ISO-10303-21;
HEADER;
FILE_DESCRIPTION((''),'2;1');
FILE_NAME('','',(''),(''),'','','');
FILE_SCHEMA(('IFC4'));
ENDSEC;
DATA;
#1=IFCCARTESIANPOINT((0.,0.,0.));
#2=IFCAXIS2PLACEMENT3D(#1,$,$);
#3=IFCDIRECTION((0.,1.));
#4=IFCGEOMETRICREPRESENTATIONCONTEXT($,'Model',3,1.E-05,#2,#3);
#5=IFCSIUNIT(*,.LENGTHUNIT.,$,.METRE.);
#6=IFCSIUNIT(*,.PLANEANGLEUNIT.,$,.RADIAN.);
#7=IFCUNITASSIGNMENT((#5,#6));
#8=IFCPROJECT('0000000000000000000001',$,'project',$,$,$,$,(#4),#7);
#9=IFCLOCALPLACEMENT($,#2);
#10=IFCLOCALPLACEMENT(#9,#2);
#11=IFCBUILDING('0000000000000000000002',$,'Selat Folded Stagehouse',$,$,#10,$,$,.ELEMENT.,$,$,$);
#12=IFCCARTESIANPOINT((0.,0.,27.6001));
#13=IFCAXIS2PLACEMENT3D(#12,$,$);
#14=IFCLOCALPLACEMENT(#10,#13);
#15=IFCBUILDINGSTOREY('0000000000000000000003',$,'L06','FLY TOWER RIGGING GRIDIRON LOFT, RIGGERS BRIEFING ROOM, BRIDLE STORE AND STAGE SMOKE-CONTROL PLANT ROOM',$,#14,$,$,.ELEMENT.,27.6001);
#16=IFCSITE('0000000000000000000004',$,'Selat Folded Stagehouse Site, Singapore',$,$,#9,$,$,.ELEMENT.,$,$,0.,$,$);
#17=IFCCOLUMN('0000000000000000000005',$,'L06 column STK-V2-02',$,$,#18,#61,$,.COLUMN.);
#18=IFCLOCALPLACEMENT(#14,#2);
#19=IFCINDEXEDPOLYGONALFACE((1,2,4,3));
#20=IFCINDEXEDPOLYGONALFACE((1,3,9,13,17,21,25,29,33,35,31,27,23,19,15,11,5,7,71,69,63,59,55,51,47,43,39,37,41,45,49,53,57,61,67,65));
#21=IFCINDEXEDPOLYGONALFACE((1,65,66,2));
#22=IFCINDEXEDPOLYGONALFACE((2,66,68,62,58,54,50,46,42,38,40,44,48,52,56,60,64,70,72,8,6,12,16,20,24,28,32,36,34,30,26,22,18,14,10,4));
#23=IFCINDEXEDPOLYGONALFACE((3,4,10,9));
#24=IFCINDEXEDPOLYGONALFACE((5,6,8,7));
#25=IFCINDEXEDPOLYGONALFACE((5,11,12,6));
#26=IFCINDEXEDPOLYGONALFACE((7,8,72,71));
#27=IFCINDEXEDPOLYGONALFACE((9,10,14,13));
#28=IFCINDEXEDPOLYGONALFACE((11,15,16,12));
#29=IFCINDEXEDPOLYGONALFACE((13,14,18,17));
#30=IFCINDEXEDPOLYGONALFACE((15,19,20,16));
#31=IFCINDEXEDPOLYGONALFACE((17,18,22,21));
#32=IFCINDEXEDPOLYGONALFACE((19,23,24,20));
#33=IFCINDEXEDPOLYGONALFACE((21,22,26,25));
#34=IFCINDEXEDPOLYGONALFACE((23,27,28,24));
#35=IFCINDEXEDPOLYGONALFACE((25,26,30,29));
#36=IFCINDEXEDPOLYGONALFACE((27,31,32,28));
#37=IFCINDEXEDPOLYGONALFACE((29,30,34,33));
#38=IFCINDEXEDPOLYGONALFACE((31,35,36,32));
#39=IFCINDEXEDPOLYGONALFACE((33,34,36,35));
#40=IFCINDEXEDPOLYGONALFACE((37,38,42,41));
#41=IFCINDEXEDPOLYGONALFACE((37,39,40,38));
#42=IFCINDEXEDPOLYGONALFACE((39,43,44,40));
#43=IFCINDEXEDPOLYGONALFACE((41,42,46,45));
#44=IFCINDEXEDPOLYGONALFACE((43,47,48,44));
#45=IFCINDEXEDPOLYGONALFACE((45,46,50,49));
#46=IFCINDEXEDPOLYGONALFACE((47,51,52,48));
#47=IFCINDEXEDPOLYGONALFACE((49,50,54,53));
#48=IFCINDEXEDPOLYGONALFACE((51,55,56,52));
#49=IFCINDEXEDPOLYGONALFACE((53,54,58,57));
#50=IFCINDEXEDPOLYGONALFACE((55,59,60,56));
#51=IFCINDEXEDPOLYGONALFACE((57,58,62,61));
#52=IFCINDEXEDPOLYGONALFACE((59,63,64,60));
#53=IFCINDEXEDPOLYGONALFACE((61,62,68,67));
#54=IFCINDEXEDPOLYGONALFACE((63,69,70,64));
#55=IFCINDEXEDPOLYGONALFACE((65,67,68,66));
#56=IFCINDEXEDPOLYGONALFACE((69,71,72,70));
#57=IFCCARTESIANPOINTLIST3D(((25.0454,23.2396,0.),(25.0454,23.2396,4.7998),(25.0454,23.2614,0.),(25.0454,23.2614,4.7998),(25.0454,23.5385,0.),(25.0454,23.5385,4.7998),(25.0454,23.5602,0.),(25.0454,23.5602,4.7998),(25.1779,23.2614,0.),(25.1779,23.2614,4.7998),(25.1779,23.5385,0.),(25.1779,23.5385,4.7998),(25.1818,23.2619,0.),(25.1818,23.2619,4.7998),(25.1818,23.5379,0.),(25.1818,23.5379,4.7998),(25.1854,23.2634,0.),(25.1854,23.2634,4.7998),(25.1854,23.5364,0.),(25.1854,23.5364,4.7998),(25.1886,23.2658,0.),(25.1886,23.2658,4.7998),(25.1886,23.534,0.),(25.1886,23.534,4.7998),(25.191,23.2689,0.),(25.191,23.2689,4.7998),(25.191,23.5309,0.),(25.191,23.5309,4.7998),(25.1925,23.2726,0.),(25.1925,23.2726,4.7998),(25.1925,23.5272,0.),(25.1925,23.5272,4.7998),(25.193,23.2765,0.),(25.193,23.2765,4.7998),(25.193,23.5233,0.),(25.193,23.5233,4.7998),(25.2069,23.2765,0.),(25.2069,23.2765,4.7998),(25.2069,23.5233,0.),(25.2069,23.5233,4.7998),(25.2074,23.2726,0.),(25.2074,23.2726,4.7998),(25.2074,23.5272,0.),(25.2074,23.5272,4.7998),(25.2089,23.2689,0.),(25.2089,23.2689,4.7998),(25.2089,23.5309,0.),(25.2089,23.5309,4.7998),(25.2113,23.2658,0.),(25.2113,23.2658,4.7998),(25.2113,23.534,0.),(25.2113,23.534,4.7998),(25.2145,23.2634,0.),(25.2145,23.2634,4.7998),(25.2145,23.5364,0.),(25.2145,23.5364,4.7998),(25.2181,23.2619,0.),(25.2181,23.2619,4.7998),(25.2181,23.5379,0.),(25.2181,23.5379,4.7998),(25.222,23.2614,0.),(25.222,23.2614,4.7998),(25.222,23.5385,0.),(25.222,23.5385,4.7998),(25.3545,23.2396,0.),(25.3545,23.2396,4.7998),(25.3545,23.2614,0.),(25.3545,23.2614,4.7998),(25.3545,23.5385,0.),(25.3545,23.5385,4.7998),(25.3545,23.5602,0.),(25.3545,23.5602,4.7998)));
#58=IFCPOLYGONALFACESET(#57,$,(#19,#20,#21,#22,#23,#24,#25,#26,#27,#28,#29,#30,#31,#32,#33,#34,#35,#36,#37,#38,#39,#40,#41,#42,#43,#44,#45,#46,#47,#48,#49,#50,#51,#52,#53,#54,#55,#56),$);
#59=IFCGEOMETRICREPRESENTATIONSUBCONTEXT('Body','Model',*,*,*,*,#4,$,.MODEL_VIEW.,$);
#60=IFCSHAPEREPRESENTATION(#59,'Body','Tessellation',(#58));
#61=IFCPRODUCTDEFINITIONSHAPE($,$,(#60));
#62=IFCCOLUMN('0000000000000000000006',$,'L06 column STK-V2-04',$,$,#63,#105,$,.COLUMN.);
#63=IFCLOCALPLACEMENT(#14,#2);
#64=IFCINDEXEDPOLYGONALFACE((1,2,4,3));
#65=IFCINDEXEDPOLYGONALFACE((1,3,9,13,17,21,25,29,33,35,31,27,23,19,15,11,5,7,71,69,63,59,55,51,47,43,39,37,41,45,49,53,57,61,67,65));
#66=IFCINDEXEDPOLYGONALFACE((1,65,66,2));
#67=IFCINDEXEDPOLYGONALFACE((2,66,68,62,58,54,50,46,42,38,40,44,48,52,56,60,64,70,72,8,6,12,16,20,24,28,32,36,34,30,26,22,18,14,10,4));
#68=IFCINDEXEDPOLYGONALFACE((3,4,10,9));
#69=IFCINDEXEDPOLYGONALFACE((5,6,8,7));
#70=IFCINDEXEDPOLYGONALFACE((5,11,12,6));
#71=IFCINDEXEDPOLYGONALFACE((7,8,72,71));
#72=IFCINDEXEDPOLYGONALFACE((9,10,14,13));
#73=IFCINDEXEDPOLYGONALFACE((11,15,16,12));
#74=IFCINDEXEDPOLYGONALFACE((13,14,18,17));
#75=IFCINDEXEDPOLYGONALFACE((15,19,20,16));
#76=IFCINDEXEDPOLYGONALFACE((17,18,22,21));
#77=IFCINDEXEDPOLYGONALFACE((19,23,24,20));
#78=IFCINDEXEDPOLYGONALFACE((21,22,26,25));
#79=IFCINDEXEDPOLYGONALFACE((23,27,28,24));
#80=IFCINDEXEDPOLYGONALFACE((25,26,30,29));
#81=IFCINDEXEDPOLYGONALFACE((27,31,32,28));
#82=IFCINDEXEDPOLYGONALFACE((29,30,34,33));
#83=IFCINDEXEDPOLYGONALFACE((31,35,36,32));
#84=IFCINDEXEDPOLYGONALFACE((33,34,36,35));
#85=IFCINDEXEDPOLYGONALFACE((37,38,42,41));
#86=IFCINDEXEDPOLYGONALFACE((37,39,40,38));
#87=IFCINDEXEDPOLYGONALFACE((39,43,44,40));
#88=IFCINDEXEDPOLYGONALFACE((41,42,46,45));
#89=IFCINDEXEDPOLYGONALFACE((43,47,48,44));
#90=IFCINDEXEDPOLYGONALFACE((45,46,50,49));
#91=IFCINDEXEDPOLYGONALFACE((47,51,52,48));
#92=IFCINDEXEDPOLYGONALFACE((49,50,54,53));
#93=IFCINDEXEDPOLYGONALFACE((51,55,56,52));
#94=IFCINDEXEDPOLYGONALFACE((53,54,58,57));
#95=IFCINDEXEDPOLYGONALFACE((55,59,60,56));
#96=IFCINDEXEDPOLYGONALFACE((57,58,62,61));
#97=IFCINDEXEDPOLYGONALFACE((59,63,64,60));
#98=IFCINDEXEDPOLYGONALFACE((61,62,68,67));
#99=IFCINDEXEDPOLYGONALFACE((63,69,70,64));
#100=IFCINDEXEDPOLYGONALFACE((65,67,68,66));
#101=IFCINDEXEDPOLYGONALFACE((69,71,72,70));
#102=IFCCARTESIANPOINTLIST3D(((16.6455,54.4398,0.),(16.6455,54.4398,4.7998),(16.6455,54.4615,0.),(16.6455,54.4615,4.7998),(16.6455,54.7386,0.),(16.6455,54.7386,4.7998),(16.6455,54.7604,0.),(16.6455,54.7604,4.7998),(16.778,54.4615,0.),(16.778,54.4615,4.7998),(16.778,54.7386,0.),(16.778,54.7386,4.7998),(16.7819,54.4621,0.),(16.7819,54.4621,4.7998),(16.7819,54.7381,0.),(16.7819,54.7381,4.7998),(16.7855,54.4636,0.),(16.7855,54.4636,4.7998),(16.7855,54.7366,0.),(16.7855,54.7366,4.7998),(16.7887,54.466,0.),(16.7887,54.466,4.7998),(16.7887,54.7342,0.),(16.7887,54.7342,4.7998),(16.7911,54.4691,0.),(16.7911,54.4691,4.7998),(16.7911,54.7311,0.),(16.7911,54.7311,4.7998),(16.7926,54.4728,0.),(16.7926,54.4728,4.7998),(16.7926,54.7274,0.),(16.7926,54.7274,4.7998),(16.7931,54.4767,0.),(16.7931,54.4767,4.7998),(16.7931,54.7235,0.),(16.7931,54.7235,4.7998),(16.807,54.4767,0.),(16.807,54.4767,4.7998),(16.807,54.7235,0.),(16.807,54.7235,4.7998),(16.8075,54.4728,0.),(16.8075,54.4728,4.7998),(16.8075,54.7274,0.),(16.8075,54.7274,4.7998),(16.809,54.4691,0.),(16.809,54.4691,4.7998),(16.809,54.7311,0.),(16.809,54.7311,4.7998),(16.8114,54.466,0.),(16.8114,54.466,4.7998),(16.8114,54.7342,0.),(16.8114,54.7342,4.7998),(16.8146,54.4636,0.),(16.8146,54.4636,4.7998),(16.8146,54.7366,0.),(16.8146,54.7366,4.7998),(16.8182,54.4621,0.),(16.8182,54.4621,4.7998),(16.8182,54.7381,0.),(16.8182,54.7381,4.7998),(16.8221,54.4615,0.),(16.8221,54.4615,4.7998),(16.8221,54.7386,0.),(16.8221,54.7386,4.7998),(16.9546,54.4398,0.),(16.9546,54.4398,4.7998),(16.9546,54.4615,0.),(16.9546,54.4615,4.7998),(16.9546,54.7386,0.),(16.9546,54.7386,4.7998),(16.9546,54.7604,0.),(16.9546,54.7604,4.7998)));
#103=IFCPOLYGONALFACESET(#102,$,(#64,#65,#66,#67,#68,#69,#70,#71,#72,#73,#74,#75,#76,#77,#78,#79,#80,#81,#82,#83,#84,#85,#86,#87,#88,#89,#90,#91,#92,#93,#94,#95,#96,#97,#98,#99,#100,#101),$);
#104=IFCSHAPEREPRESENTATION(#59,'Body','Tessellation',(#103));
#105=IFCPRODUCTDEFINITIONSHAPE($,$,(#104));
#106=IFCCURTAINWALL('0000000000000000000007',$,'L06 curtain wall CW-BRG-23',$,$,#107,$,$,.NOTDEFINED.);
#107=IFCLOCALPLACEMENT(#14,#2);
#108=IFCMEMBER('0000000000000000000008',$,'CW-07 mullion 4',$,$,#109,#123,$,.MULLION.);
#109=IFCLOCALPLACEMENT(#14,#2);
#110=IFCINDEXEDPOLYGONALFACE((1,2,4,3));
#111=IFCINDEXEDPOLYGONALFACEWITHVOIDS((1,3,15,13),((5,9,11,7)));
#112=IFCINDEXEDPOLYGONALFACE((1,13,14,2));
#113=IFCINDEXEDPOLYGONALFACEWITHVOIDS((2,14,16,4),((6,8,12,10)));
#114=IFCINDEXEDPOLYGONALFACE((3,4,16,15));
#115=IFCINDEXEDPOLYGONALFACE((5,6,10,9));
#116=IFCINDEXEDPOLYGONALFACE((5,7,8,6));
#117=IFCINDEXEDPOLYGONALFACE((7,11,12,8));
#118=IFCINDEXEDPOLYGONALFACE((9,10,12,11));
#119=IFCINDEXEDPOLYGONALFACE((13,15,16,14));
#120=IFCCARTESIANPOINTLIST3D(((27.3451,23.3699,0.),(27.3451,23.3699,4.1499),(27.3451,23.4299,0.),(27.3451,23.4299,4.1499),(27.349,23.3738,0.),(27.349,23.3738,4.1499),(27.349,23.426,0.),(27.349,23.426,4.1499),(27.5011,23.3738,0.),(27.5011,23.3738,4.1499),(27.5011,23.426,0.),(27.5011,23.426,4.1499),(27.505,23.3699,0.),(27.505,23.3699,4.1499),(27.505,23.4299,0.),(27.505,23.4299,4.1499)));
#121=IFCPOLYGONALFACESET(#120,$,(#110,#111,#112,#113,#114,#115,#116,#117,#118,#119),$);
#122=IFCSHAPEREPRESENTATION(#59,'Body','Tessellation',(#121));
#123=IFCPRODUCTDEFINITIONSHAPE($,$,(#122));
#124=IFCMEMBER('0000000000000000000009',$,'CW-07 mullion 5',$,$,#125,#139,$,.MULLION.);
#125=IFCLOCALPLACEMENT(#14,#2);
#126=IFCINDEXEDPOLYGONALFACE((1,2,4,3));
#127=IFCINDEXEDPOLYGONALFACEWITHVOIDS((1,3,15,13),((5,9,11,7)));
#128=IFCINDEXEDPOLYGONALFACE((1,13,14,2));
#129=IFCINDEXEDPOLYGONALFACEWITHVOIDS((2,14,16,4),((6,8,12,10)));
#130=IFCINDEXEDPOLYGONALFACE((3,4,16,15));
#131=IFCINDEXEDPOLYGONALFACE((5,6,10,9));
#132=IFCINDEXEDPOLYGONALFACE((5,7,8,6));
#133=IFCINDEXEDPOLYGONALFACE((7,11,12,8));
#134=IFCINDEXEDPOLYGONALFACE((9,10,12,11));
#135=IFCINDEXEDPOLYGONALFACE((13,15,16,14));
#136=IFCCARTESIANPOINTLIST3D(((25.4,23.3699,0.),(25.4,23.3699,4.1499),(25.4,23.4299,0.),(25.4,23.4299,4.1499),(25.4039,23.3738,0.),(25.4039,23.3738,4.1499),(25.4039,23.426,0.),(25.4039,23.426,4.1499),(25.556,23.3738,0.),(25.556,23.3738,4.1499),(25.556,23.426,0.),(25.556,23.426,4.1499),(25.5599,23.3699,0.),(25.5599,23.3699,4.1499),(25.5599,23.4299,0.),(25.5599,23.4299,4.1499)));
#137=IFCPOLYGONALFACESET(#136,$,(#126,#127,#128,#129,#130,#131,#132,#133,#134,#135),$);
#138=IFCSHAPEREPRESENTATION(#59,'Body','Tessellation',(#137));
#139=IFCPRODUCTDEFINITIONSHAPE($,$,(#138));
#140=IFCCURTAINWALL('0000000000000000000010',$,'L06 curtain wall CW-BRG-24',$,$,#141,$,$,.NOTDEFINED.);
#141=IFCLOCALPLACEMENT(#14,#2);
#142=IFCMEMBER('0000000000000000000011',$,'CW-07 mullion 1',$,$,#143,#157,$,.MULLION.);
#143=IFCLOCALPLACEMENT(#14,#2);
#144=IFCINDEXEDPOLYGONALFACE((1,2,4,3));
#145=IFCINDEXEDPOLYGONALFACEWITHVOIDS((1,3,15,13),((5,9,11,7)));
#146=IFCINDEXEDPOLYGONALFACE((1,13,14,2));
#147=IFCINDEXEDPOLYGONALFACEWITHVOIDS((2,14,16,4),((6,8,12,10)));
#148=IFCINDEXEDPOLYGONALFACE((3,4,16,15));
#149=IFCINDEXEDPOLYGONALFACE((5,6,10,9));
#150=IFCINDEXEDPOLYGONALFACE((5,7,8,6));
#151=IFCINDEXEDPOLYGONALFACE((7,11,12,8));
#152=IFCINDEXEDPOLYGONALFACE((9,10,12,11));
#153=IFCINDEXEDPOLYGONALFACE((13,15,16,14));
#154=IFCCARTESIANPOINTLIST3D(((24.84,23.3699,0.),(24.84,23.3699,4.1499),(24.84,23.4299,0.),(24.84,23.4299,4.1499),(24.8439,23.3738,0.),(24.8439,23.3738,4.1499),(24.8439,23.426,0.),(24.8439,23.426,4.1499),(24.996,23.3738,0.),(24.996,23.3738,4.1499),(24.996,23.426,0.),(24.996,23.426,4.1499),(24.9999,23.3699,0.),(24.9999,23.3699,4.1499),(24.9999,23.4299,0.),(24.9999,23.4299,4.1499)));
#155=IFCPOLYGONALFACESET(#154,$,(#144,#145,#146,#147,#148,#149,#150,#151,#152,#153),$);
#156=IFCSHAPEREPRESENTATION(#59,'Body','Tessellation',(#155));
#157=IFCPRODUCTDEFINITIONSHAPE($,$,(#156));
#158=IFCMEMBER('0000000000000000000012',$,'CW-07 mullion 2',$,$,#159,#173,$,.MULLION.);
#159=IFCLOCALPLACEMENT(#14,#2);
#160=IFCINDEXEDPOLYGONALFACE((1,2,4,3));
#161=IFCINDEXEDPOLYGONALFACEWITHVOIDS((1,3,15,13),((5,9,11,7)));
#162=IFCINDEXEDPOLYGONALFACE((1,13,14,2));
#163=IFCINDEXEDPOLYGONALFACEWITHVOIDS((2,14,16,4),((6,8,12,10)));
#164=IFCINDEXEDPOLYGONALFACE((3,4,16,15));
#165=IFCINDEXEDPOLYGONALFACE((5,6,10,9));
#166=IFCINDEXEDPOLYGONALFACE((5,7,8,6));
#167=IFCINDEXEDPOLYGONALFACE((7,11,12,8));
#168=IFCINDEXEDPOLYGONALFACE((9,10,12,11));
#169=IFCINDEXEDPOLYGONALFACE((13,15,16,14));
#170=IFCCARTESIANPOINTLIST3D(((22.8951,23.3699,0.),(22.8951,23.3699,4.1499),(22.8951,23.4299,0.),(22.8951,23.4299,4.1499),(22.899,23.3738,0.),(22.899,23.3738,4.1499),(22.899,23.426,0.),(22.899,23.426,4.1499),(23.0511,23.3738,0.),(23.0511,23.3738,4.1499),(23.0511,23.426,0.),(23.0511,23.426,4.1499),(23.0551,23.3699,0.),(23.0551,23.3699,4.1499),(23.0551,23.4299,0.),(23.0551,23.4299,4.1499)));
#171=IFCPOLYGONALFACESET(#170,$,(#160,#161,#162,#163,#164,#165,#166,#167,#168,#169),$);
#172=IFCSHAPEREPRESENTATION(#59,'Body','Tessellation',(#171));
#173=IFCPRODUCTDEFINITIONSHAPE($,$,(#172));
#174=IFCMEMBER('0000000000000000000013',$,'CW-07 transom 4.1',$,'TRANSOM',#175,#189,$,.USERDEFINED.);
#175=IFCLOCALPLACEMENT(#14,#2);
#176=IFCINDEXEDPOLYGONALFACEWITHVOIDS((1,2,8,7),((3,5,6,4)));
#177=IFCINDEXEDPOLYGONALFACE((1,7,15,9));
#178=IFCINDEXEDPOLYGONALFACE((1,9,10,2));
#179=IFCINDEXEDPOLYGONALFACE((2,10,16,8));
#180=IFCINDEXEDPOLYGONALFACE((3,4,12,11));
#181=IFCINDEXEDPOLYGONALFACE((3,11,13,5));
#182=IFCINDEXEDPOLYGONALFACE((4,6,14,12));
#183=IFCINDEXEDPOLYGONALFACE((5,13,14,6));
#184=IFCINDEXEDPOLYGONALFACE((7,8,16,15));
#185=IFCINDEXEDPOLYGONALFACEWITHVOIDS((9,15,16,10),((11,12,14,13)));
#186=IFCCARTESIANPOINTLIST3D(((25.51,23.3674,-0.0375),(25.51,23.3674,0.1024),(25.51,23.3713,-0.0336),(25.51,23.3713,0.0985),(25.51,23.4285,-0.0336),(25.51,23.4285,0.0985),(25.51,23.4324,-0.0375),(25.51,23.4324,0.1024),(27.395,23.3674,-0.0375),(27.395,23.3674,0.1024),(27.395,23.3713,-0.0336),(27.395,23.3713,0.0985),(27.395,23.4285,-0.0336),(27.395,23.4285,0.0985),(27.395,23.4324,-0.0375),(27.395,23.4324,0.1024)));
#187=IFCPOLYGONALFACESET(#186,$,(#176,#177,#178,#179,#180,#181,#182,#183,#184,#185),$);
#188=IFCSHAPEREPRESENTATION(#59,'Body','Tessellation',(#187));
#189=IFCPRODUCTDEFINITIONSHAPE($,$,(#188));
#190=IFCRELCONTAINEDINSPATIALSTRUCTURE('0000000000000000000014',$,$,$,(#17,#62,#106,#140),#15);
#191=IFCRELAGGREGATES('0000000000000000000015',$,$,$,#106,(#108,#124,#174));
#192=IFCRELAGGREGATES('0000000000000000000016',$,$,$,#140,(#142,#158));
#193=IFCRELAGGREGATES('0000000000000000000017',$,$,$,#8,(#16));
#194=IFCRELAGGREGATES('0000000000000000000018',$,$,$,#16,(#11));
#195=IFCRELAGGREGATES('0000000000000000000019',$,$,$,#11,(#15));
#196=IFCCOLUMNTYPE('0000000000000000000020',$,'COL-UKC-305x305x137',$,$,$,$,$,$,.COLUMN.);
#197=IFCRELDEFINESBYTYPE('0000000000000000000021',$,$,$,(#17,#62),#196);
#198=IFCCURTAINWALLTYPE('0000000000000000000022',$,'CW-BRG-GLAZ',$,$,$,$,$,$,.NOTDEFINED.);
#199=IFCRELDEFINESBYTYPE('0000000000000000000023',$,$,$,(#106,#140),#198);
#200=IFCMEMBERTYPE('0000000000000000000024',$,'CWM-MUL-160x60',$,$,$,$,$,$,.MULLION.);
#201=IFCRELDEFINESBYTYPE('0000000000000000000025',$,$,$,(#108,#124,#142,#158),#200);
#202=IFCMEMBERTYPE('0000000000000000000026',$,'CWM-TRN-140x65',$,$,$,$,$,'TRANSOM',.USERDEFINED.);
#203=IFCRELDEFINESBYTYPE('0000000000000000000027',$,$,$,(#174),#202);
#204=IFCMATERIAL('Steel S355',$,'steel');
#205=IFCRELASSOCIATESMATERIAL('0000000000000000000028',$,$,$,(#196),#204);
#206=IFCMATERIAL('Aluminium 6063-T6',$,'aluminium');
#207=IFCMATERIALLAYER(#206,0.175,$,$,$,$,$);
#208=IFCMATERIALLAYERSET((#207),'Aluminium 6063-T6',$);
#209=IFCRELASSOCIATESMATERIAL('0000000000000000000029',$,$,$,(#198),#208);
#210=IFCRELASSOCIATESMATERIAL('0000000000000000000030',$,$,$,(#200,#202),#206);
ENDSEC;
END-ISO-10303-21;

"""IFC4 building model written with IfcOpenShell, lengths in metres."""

from ifc_helpers import new_model, si_unit, direction, frame, origin, origin_2d, place, context, subcontext, project, spatial, hollow_rectangle, i_section, extrude, material, layer, layer_set, material_profile, profile_set, type_object, element, aggregate, save


model = new_model("IFC4")

# Units and contexts
model_context = context("Model", 3, precision=1e-05, world=origin(), true_north=direction((0.0, 1.0)))
body_context = subcontext(model_context, "Body", "Model", "MODEL_VIEW")
ifc_project = project(units=[si_unit("LENGTHUNIT", "METRE"), si_unit("PLANEANGLEUNIT", "RADIAN")], contexts=[model_context])

# Site, building, storey
site_placement = place(None, origin())
site = spatial("IfcSite", under=ifc_project, at=site_placement, Name="Selat Folded Stagehouse Site, Singapore", CompositionType="ELEMENT", RefElevation=0.0)
building_placement = place(site_placement, origin())
building = spatial("IfcBuilding", under=site, at=building_placement, Name="Selat Folded Stagehouse", CompositionType="ELEMENT")
storey_placement = place(building_placement, frame((0.0, 0.0, 27.6001)))
storey = spatial("IfcBuildingStorey", under=building, at=storey_placement, Name="L06", Description="FLY TOWER RIGGING GRIDIRON LOFT, RIGGERS BRIEFING ROOM, BRIDLE STORE AND STAGE SMOKE-CONTROL PLANT ROOM", CompositionType="ELEMENT", Elevation=27.6001)

# Columns
ifc_material_1 = material(Name="Steel S355", Category="steel")
ifc_material_profile_1 = material_profile(ifc_material_1, i_section(OverallWidth=0.3091, OverallDepth=0.3206, WebThickness=0.0139, FlangeThickness=0.0217, FilletRadius=0.0151, at=origin_2d()), Name="UKC 305x305x137")
ifc_profile_set_1 = profile_set([ifc_material_profile_1], Name="Steel S355")
column_type = type_object("IfcColumnType", Name="COL-UKC-305x305x137", PredefinedType="COLUMN", material=ifc_profile_set_1)
for number, where, z_axis, x_axis, name in (
    (1, (25.2, 23.3999, 0.0), (0.0, 0.0, 1.0), (1.0, 0.0, 0.0), "L06 column STK-V2-02"),
    (2, (16.8, 54.6001, 0.0), (0.0, 0.0, 1.0), (1.0, 0.0, 0.0), "L06 column STK-V2-04"),
):
    element("IfcColumn", number, at=place(storey_placement, frame(where, z_axis=z_axis, x_axis=x_axis)), inside=storey, type_object=column_type, Name=name, PredefinedType="COLUMN", context=body_context, shape_type="SweptSolid", body=[
        extrude(i_section(OverallWidth=0.3091, OverallDepth=0.3206, WebThickness=0.0139, FlangeThickness=0.0217, FilletRadius=0.0151, at=origin_2d()), origin(), (0.0, 0.0, 1.0), 4.7998),
    ])

# Curtain walls, members
ifc_material_2 = material(Name="Aluminium 6063-T6", Category="aluminium")
ifc_layer_1 = layer(ifc_material_2, 0.175)
ifc_layer_set_1 = layer_set([ifc_layer_1], Name="Aluminium 6063-T6")
curtain_wall_type = type_object("IfcCurtainWallType", Name="CW-BRG-GLAZ", PredefinedType="NOTDEFINED", material=ifc_layer_set_1)
curtain_wall_1_placement = place(storey_placement, origin())
curtain_wall_1 = element("IfcCurtainWall", 3, at=curtain_wall_1_placement, inside=storey, type_object=curtain_wall_type, Name="L06 curtain wall CW-BRG-23", PredefinedType="NOTDEFINED")
ifc_material_profile_2 = material_profile(ifc_material_2, hollow_rectangle(XDim=0.0601, YDim=0.1599, WallThickness=0.0039, at=origin_2d()), Name="ALU 160x60x4.0")
ifc_profile_set_2 = profile_set([ifc_material_profile_2], Name="Aluminium 6063-T6")
member_type_1 = type_object("IfcMemberType", Name="CWM-MUL-160x60", PredefinedType="MULLION", material=ifc_profile_set_2)
member_1_placement = place(storey_placement, frame((27.425, 23.3999, 0.0), z_axis=(0.0, 0.0, 1.0), x_axis=(0.0, -1.0, 0.0)))
member_1 = element("IfcMember", 4, at=member_1_placement, type_object=member_type_1, Name="CW-07 mullion 4", PredefinedType="MULLION", context=body_context, shape_type="SweptSolid", body=[
    extrude(hollow_rectangle(XDim=0.0601, YDim=0.1599, WallThickness=0.0039, at=origin_2d()), origin(), (0.0, 0.0, 1.0), 4.1499),
])
member_2_placement = place(storey_placement, frame((25.48, 23.3999, 0.0), z_axis=(0.0, 0.0, 1.0), x_axis=(0.0, -1.0, 0.0)))
member_2 = element("IfcMember", 5, at=member_2_placement, type_object=member_type_1, Name="CW-07 mullion 5", PredefinedType="MULLION", context=body_context, shape_type="SweptSolid", body=[
    extrude(hollow_rectangle(XDim=0.0601, YDim=0.1599, WallThickness=0.0039, at=origin_2d()), origin(), (0.0, 0.0, 1.0), 4.1499),
])
curtain_wall_2_placement = place(storey_placement, origin())
curtain_wall_2 = element("IfcCurtainWall", 6, at=curtain_wall_2_placement, inside=storey, type_object=curtain_wall_type, Name="L06 curtain wall CW-BRG-24", PredefinedType="NOTDEFINED")
member_3_placement = place(storey_placement, frame((24.9199, 23.3999, 0.0), z_axis=(0.0, 0.0, 1.0), x_axis=(0.0, -1.0, 0.0)))
member_3 = element("IfcMember", 7, at=member_3_placement, type_object=member_type_1, Name="CW-07 mullion 1", PredefinedType="MULLION", context=body_context, shape_type="SweptSolid", body=[
    extrude(hollow_rectangle(XDim=0.0601, YDim=0.1599, WallThickness=0.0039, at=origin_2d()), origin(), (0.0, 0.0, 1.0), 4.1499),
])
member_4_placement = place(storey_placement, frame((22.9751, 23.3999, 0.0), z_axis=(0.0, 0.0, 1.0), x_axis=(0.0, -1.0, 0.0)))
member_4 = element("IfcMember", 8, at=member_4_placement, type_object=member_type_1, Name="CW-07 mullion 2", PredefinedType="MULLION", context=body_context, shape_type="SweptSolid", body=[
    extrude(hollow_rectangle(XDim=0.0601, YDim=0.1599, WallThickness=0.0039, at=origin_2d()), origin(), (0.0, 0.0, 1.0), 4.1499),
])

# Member
ifc_material_profile_3 = material_profile(ifc_material_2, hollow_rectangle(XDim=0.0649, YDim=0.1399, WallThickness=0.0039, at=origin_2d()), Name="ALU 140x65x4.0")
ifc_profile_set_3 = profile_set([ifc_material_profile_3], Name="Aluminium 6063-T6")
member_type_2 = type_object("IfcMemberType", Name="CWM-TRN-140x65", ElementType="TRANSOM", PredefinedType="USERDEFINED", material=ifc_profile_set_3)
member_5_placement = place(storey_placement, frame((27.395, 23.3999, 0.0325), z_axis=(-1.0, 0.0, 0.0), x_axis=(0.0, -1.0, 0.0)))
member_5 = element("IfcMember", 9, at=member_5_placement, type_object=member_type_2, Name="CW-07 transom 4.1", ObjectType="TRANSOM", PredefinedType="USERDEFINED", context=body_context, shape_type="SweptSolid", body=[
    extrude(hollow_rectangle(XDim=0.0649, YDim=0.1399, WallThickness=0.0039, at=origin_2d()), origin(), (0.0, 0.0, 1.0), 1.885),
])

aggregate(curtain_wall_1, [member_1, member_2, member_5])
aggregate(curtain_wall_2, [member_3, member_4])

save(model, "model.ifc")
